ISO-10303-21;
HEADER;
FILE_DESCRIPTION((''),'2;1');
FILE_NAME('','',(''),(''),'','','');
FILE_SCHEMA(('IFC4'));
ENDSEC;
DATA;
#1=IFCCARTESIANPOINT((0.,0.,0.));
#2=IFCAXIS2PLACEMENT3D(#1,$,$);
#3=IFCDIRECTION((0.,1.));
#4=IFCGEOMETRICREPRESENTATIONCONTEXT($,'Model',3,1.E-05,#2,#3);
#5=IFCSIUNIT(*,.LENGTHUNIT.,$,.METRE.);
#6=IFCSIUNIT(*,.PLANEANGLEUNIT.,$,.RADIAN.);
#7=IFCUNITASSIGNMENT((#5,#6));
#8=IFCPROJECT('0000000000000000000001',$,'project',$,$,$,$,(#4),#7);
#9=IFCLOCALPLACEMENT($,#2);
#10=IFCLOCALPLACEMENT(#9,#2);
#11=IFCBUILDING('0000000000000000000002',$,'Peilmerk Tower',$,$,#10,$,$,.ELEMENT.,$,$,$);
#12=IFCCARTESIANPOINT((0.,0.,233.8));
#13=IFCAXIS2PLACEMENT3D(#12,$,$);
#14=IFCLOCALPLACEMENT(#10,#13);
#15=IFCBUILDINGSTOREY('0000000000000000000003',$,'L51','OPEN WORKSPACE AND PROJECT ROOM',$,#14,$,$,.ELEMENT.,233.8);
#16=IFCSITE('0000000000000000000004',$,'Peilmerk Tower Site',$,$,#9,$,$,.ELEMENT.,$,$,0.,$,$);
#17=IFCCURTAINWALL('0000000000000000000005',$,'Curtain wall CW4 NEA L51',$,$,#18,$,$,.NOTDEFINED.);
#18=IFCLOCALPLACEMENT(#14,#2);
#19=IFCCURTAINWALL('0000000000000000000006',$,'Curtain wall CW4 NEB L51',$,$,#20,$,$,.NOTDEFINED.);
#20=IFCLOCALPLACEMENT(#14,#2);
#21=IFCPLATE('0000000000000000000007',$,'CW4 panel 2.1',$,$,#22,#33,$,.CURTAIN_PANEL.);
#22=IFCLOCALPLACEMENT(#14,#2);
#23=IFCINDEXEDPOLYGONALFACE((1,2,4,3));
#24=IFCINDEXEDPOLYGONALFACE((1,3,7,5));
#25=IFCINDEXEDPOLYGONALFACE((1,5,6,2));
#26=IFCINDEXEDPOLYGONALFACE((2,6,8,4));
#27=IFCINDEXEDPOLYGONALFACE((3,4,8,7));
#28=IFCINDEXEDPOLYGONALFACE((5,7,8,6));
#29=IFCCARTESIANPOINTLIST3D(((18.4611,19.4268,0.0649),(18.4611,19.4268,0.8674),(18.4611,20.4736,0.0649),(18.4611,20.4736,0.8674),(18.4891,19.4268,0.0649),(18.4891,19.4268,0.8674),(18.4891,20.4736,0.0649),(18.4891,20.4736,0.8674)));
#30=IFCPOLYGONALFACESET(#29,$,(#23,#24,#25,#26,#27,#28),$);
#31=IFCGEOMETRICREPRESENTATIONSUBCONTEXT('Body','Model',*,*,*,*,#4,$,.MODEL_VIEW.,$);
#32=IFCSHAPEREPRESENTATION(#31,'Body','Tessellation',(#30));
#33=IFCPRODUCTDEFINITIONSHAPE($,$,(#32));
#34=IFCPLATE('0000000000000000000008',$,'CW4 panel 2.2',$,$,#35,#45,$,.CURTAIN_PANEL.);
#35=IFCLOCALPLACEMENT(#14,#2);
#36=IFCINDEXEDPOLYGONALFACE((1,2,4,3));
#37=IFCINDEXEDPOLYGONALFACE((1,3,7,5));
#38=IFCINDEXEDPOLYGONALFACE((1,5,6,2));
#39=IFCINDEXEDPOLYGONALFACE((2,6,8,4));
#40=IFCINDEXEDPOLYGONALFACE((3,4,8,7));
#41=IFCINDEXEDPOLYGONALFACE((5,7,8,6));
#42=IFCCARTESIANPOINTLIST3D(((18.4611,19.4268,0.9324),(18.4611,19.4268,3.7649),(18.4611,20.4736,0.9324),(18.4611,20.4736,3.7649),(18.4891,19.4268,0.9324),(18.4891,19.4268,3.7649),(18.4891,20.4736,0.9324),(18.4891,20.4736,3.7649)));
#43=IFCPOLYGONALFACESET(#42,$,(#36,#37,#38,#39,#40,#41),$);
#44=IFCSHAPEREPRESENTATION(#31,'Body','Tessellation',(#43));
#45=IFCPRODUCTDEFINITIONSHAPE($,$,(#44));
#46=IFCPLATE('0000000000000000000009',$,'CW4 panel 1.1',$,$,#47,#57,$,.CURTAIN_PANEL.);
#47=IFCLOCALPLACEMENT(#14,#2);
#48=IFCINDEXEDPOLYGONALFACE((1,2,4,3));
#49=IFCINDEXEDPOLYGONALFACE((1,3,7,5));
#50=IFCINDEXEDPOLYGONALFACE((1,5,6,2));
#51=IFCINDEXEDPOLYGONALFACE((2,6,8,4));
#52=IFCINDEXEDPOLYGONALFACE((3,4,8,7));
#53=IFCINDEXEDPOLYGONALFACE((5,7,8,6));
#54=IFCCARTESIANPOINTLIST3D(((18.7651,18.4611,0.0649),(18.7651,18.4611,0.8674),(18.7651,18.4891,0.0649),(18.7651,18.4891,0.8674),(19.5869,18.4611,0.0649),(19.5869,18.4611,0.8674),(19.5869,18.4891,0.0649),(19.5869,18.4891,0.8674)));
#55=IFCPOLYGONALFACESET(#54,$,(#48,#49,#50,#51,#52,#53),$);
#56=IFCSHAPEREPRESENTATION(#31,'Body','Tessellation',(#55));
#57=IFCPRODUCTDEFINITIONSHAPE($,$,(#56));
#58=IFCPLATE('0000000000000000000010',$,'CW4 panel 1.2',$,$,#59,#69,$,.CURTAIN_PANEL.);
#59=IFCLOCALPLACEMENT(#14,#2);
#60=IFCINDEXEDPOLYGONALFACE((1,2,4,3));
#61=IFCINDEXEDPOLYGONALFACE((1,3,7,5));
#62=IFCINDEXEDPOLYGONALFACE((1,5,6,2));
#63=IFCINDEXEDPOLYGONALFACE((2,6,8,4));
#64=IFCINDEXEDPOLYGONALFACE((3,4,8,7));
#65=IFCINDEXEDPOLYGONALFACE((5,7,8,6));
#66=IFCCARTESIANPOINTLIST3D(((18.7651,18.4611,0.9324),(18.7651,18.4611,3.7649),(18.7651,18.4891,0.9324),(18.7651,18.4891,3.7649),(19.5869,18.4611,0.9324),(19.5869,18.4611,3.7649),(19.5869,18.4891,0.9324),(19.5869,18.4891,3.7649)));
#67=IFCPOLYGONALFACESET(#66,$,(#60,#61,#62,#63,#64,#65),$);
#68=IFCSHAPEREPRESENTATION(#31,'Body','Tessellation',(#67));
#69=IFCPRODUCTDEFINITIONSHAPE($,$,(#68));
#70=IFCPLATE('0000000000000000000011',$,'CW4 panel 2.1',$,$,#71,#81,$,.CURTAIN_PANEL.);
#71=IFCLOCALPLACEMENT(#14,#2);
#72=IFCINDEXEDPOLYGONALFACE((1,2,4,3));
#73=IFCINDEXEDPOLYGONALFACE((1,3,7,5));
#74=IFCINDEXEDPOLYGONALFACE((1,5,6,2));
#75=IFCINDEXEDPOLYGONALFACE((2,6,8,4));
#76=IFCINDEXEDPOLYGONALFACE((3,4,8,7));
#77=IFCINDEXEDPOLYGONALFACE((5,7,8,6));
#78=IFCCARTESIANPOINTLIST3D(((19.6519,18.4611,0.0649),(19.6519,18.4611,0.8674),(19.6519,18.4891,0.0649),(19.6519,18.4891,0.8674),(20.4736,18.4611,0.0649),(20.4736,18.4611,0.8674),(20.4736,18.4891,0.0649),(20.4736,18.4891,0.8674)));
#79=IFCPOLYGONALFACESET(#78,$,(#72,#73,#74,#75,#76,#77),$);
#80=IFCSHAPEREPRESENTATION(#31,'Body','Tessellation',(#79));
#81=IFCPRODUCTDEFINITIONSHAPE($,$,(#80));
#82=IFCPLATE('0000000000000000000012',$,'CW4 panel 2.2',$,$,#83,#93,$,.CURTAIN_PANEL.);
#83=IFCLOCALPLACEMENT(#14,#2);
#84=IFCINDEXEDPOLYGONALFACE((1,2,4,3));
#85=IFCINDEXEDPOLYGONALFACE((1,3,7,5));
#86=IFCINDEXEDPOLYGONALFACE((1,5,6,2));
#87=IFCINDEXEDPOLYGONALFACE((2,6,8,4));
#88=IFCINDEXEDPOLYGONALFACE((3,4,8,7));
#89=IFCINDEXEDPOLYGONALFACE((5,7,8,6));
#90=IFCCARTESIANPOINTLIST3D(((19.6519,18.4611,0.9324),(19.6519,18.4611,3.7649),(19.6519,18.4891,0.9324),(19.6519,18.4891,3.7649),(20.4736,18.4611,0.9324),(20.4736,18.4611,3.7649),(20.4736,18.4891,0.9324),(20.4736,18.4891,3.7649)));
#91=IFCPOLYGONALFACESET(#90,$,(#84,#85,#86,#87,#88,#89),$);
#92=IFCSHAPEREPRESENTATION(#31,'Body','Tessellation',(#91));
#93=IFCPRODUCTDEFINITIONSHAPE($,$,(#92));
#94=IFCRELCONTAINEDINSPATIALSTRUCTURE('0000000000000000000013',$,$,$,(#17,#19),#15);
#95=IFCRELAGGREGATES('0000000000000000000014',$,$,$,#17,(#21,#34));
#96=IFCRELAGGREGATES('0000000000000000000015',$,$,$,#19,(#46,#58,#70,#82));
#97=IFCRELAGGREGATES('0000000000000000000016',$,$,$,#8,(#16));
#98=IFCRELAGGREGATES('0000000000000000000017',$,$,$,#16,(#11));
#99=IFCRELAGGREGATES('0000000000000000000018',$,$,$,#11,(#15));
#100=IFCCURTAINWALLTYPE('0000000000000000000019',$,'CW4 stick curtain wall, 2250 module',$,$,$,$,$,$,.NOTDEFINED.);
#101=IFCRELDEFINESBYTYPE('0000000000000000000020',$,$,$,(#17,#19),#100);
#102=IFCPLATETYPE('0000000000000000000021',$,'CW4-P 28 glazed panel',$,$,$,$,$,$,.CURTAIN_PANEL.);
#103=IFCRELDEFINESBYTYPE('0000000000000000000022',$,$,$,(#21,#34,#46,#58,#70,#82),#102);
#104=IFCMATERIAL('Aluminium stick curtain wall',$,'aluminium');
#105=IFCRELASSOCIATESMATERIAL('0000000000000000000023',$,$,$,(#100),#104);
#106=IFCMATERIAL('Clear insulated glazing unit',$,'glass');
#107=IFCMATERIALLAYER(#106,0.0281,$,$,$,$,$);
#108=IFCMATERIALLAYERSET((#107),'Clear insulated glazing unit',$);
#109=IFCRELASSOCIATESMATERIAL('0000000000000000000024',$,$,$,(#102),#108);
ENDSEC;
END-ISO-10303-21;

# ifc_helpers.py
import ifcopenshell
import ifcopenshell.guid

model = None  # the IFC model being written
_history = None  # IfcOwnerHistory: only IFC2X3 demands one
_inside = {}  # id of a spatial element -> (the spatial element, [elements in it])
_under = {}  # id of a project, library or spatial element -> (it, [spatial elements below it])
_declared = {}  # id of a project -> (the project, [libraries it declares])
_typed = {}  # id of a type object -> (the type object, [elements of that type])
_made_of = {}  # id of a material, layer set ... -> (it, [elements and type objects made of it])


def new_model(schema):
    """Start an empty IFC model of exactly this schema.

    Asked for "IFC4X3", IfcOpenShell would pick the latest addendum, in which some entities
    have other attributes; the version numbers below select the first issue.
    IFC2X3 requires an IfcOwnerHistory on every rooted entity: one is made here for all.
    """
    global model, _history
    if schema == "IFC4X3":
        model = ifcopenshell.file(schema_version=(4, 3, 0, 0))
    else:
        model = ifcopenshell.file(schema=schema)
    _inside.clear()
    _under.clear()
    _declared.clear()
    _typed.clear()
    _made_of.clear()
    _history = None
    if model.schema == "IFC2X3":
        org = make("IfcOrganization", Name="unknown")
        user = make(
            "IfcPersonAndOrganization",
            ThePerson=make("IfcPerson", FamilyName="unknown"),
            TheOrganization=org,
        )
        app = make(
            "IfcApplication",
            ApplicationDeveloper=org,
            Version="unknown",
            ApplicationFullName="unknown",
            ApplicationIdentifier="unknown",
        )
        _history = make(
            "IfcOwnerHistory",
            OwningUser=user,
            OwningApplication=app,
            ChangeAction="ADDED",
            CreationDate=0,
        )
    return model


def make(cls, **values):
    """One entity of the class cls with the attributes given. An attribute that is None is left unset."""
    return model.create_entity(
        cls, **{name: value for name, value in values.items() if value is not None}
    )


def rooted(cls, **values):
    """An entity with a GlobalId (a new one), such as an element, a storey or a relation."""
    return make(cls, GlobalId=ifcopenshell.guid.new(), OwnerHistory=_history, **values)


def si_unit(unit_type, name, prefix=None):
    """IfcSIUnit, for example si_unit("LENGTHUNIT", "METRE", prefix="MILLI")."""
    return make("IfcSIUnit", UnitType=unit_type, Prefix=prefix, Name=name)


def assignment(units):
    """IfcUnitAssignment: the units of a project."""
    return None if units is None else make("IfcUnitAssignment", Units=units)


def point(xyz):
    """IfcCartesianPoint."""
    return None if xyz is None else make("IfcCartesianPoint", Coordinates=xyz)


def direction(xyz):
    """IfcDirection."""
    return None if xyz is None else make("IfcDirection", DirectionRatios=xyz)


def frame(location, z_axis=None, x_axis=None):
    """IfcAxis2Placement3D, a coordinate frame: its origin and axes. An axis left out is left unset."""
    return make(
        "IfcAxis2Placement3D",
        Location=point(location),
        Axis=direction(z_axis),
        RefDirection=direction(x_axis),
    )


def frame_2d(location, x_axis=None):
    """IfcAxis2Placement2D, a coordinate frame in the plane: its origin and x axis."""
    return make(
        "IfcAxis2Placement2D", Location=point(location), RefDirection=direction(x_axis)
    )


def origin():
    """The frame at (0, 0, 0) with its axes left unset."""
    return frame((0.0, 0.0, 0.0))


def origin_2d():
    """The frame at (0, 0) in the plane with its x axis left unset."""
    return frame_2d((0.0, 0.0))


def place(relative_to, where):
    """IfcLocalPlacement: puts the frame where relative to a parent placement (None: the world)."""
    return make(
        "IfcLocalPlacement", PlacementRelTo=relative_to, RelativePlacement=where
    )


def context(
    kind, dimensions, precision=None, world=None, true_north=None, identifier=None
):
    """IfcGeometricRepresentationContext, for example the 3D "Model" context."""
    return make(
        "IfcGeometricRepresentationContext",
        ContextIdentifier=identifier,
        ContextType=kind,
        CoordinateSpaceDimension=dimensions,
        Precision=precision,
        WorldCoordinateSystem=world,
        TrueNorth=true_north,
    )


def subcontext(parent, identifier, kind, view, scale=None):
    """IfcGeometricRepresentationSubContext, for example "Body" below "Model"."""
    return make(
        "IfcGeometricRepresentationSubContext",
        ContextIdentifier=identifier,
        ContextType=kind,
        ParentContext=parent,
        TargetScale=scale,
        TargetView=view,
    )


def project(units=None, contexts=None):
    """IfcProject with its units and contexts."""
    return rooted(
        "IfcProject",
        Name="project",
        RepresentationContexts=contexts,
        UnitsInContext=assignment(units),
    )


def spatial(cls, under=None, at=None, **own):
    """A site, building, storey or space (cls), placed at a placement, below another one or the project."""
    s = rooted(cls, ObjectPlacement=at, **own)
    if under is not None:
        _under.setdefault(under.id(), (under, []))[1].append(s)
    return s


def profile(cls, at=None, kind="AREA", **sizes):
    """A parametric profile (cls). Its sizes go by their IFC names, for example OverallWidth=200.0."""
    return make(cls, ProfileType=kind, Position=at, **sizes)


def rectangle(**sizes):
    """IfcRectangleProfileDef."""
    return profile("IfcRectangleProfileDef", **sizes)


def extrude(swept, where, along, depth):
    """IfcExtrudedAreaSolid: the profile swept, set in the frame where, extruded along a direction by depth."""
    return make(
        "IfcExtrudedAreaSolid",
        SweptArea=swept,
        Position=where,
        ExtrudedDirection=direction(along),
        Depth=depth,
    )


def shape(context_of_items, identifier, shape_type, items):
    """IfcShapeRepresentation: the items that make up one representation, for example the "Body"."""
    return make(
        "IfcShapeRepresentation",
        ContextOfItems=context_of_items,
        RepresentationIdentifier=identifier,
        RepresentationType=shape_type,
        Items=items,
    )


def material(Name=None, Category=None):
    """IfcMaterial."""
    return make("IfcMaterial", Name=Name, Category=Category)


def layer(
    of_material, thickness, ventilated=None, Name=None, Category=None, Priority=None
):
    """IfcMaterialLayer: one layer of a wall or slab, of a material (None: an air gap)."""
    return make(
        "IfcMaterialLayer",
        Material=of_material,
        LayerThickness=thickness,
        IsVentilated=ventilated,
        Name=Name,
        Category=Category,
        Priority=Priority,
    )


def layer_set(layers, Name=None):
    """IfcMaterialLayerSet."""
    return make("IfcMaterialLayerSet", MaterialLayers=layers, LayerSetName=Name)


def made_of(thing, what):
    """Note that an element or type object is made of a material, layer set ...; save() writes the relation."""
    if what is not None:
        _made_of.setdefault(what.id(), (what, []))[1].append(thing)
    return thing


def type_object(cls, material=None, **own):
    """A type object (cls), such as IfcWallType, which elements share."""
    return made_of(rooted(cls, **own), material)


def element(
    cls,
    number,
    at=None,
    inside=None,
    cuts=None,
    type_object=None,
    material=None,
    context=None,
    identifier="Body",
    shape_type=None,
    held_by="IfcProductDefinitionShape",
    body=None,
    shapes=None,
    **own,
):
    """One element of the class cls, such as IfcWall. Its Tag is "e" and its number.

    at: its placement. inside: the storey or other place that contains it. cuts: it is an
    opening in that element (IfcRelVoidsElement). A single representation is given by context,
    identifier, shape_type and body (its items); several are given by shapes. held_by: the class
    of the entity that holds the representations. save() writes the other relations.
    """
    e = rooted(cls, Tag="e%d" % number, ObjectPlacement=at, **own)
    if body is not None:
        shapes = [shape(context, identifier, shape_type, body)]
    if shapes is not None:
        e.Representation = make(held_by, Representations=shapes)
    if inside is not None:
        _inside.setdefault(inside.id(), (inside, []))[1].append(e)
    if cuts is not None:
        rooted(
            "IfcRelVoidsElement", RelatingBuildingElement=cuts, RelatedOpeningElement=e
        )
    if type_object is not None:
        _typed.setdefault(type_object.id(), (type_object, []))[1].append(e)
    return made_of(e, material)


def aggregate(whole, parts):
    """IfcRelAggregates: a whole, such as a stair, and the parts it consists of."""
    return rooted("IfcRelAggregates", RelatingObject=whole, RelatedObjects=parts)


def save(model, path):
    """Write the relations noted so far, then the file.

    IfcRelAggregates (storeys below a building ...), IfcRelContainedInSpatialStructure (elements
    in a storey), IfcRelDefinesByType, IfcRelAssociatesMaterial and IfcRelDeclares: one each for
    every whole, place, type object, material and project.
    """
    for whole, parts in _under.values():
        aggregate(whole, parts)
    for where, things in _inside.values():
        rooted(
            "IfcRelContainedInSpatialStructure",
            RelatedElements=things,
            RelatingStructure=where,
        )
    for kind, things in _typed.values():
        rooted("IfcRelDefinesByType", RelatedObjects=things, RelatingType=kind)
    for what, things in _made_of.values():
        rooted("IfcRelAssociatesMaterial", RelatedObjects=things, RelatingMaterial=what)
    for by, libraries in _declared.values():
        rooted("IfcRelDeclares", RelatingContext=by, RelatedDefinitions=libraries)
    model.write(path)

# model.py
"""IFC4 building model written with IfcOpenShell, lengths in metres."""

from ifc_helpers import new_model, si_unit, direction, frame, origin, origin_2d, place, context, subcontext, project, spatial, rectangle, extrude, material, layer, layer_set, type_object, element, aggregate, save


model = new_model("IFC4")

# Units and contexts
model_context = context("Model", 3, precision=1e-05, world=origin(), true_north=direction((0.0, 1.0)))
body_context = subcontext(model_context, "Body", "Model", "MODEL_VIEW")
ifc_project = project(units=[si_unit("LENGTHUNIT", "METRE"), si_unit("PLANEANGLEUNIT", "RADIAN")], contexts=[model_context])

# Site, building, storey
site_placement = place(None, origin())
site = spatial("IfcSite", under=ifc_project, at=site_placement, Name="Peilmerk Tower Site", CompositionType="ELEMENT", RefElevation=0.0)
building_placement = place(site_placement, origin())
building = spatial("IfcBuilding", under=site, at=building_placement, Name="Peilmerk Tower", CompositionType="ELEMENT")
storey_placement = place(building_placement, frame((0.0, 0.0, 233.8)))
storey = spatial("IfcBuildingStorey", under=building, at=storey_placement, Name="L51", Description="OPEN WORKSPACE AND PROJECT ROOM", CompositionType="ELEMENT", Elevation=233.8)

# Curtain wall
ifc_material_1 = material(Name="Aluminium stick curtain wall", Category="aluminium")
curtain_wall_type = type_object("IfcCurtainWallType", Name="CW4 stick curtain wall, 2250 module", PredefinedType="NOTDEFINED", material=ifc_material_1)
curtain_wall_1_placement = place(storey_placement, origin())
curtain_wall_1 = element("IfcCurtainWall", 1, at=curtain_wall_1_placement, inside=storey, type_object=curtain_wall_type, Name="Curtain wall CW4 NEA L51", PredefinedType="NOTDEFINED")

# Curtain wall
curtain_wall_2_placement = place(storey_placement, origin())
curtain_wall_2 = element("IfcCurtainWall", 2, at=curtain_wall_2_placement, inside=storey, type_object=curtain_wall_type, Name="Curtain wall CW4 NEB L51", PredefinedType="NOTDEFINED")

# Plates
ifc_material_2 = material(Name="Clear insulated glazing unit", Category="glass")
ifc_layer_1 = layer(ifc_material_2, 0.0281)
ifc_layer_set_1 = layer_set([ifc_layer_1], Name="Clear insulated glazing unit")
plate_type = type_object("IfcPlateType", Name="CW4-P 28 glazed panel", PredefinedType="CURTAIN_PANEL", material=ifc_layer_set_1)
plate_1_placement = place(storey_placement, frame((18.4751, 19.9502, 0.0649), z_axis=(0.0, 0.0, 1.0), x_axis=(0.0, 1.0, 0.0)))
plate_1 = element("IfcPlate", 3, at=plate_1_placement, type_object=plate_type, Name="CW4 panel 2.1", PredefinedType="CURTAIN_PANEL", context=body_context, shape_type="SweptSolid", body=[
    extrude(rectangle(XDim=1.0469, YDim=0.0281, at=origin_2d()), origin(), (0.0, 0.0, 1.0), 0.8025),
])
plate_2_placement = place(storey_placement, frame((18.4751, 19.9502, 0.9324), z_axis=(0.0, 0.0, 1.0), x_axis=(0.0, 1.0, 0.0)))
plate_2 = element("IfcPlate", 4, at=plate_2_placement, type_object=plate_type, Name="CW4 panel 2.2", PredefinedType="CURTAIN_PANEL", context=body_context, shape_type="SweptSolid", body=[
    extrude(rectangle(XDim=1.0469, YDim=0.0281, at=origin_2d()), origin(), (0.0, 0.0, 1.0), 2.8325),
])
aggregate(curtain_wall_1, [plate_1, plate_2])
plate_3_placement = place(storey_placement, frame((19.176, 18.4751, 0.0649), z_axis=(0.0, 0.0, 1.0), x_axis=(1.0, 0.0, 0.0)))
plate_3 = element("IfcPlate", 5, at=plate_3_placement, type_object=plate_type, Name="CW4 panel 1.1", PredefinedType="CURTAIN_PANEL", context=body_context, shape_type="SweptSolid", body=[
    extrude(rectangle(XDim=0.8218, YDim=0.0281, at=origin_2d()), origin(), (0.0, 0.0, 1.0), 0.8025),
])
plate_4_placement = place(storey_placement, frame((19.176, 18.4751, 0.9324), z_axis=(0.0, 0.0, 1.0), x_axis=(1.0, 0.0, 0.0)))
plate_4 = element("IfcPlate", 6, at=plate_4_placement, type_object=plate_type, Name="CW4 panel 1.2", PredefinedType="CURTAIN_PANEL", context=body_context, shape_type="SweptSolid", body=[
    extrude(rectangle(XDim=0.8218, YDim=0.0281, at=origin_2d()), origin(), (0.0, 0.0, 1.0), 2.8325),
])
plate_5_placement = place(storey_placement, frame((20.0627, 18.4751, 0.0649), z_axis=(0.0, 0.0, 1.0), x_axis=(1.0, 0.0, 0.0)))
plate_5 = element("IfcPlate", 7, at=plate_5_placement, type_object=plate_type, Name="CW4 panel 2.1", PredefinedType="CURTAIN_PANEL", context=body_context, shape_type="SweptSolid", body=[
    extrude(rectangle(XDim=0.8218, YDim=0.0281, at=origin_2d()), origin(), (0.0, 0.0, 1.0), 0.8025),
])
plate_6_placement = place(storey_placement, frame((20.0627, 18.4751, 0.9324), z_axis=(0.0, 0.0, 1.0), x_axis=(1.0, 0.0, 0.0)))
plate_6 = element("IfcPlate", 8, at=plate_6_placement, type_object=plate_type, Name="CW4 panel 2.2", PredefinedType="CURTAIN_PANEL", context=body_context, shape_type="SweptSolid", body=[
    extrude(rectangle(XDim=0.8218, YDim=0.0281, at=origin_2d()), origin(), (0.0, 0.0, 1.0), 2.8325),
])
aggregate(curtain_wall_2, [plate_3, plate_4, plate_5, plate_6])

save(model, "model.ifc")
